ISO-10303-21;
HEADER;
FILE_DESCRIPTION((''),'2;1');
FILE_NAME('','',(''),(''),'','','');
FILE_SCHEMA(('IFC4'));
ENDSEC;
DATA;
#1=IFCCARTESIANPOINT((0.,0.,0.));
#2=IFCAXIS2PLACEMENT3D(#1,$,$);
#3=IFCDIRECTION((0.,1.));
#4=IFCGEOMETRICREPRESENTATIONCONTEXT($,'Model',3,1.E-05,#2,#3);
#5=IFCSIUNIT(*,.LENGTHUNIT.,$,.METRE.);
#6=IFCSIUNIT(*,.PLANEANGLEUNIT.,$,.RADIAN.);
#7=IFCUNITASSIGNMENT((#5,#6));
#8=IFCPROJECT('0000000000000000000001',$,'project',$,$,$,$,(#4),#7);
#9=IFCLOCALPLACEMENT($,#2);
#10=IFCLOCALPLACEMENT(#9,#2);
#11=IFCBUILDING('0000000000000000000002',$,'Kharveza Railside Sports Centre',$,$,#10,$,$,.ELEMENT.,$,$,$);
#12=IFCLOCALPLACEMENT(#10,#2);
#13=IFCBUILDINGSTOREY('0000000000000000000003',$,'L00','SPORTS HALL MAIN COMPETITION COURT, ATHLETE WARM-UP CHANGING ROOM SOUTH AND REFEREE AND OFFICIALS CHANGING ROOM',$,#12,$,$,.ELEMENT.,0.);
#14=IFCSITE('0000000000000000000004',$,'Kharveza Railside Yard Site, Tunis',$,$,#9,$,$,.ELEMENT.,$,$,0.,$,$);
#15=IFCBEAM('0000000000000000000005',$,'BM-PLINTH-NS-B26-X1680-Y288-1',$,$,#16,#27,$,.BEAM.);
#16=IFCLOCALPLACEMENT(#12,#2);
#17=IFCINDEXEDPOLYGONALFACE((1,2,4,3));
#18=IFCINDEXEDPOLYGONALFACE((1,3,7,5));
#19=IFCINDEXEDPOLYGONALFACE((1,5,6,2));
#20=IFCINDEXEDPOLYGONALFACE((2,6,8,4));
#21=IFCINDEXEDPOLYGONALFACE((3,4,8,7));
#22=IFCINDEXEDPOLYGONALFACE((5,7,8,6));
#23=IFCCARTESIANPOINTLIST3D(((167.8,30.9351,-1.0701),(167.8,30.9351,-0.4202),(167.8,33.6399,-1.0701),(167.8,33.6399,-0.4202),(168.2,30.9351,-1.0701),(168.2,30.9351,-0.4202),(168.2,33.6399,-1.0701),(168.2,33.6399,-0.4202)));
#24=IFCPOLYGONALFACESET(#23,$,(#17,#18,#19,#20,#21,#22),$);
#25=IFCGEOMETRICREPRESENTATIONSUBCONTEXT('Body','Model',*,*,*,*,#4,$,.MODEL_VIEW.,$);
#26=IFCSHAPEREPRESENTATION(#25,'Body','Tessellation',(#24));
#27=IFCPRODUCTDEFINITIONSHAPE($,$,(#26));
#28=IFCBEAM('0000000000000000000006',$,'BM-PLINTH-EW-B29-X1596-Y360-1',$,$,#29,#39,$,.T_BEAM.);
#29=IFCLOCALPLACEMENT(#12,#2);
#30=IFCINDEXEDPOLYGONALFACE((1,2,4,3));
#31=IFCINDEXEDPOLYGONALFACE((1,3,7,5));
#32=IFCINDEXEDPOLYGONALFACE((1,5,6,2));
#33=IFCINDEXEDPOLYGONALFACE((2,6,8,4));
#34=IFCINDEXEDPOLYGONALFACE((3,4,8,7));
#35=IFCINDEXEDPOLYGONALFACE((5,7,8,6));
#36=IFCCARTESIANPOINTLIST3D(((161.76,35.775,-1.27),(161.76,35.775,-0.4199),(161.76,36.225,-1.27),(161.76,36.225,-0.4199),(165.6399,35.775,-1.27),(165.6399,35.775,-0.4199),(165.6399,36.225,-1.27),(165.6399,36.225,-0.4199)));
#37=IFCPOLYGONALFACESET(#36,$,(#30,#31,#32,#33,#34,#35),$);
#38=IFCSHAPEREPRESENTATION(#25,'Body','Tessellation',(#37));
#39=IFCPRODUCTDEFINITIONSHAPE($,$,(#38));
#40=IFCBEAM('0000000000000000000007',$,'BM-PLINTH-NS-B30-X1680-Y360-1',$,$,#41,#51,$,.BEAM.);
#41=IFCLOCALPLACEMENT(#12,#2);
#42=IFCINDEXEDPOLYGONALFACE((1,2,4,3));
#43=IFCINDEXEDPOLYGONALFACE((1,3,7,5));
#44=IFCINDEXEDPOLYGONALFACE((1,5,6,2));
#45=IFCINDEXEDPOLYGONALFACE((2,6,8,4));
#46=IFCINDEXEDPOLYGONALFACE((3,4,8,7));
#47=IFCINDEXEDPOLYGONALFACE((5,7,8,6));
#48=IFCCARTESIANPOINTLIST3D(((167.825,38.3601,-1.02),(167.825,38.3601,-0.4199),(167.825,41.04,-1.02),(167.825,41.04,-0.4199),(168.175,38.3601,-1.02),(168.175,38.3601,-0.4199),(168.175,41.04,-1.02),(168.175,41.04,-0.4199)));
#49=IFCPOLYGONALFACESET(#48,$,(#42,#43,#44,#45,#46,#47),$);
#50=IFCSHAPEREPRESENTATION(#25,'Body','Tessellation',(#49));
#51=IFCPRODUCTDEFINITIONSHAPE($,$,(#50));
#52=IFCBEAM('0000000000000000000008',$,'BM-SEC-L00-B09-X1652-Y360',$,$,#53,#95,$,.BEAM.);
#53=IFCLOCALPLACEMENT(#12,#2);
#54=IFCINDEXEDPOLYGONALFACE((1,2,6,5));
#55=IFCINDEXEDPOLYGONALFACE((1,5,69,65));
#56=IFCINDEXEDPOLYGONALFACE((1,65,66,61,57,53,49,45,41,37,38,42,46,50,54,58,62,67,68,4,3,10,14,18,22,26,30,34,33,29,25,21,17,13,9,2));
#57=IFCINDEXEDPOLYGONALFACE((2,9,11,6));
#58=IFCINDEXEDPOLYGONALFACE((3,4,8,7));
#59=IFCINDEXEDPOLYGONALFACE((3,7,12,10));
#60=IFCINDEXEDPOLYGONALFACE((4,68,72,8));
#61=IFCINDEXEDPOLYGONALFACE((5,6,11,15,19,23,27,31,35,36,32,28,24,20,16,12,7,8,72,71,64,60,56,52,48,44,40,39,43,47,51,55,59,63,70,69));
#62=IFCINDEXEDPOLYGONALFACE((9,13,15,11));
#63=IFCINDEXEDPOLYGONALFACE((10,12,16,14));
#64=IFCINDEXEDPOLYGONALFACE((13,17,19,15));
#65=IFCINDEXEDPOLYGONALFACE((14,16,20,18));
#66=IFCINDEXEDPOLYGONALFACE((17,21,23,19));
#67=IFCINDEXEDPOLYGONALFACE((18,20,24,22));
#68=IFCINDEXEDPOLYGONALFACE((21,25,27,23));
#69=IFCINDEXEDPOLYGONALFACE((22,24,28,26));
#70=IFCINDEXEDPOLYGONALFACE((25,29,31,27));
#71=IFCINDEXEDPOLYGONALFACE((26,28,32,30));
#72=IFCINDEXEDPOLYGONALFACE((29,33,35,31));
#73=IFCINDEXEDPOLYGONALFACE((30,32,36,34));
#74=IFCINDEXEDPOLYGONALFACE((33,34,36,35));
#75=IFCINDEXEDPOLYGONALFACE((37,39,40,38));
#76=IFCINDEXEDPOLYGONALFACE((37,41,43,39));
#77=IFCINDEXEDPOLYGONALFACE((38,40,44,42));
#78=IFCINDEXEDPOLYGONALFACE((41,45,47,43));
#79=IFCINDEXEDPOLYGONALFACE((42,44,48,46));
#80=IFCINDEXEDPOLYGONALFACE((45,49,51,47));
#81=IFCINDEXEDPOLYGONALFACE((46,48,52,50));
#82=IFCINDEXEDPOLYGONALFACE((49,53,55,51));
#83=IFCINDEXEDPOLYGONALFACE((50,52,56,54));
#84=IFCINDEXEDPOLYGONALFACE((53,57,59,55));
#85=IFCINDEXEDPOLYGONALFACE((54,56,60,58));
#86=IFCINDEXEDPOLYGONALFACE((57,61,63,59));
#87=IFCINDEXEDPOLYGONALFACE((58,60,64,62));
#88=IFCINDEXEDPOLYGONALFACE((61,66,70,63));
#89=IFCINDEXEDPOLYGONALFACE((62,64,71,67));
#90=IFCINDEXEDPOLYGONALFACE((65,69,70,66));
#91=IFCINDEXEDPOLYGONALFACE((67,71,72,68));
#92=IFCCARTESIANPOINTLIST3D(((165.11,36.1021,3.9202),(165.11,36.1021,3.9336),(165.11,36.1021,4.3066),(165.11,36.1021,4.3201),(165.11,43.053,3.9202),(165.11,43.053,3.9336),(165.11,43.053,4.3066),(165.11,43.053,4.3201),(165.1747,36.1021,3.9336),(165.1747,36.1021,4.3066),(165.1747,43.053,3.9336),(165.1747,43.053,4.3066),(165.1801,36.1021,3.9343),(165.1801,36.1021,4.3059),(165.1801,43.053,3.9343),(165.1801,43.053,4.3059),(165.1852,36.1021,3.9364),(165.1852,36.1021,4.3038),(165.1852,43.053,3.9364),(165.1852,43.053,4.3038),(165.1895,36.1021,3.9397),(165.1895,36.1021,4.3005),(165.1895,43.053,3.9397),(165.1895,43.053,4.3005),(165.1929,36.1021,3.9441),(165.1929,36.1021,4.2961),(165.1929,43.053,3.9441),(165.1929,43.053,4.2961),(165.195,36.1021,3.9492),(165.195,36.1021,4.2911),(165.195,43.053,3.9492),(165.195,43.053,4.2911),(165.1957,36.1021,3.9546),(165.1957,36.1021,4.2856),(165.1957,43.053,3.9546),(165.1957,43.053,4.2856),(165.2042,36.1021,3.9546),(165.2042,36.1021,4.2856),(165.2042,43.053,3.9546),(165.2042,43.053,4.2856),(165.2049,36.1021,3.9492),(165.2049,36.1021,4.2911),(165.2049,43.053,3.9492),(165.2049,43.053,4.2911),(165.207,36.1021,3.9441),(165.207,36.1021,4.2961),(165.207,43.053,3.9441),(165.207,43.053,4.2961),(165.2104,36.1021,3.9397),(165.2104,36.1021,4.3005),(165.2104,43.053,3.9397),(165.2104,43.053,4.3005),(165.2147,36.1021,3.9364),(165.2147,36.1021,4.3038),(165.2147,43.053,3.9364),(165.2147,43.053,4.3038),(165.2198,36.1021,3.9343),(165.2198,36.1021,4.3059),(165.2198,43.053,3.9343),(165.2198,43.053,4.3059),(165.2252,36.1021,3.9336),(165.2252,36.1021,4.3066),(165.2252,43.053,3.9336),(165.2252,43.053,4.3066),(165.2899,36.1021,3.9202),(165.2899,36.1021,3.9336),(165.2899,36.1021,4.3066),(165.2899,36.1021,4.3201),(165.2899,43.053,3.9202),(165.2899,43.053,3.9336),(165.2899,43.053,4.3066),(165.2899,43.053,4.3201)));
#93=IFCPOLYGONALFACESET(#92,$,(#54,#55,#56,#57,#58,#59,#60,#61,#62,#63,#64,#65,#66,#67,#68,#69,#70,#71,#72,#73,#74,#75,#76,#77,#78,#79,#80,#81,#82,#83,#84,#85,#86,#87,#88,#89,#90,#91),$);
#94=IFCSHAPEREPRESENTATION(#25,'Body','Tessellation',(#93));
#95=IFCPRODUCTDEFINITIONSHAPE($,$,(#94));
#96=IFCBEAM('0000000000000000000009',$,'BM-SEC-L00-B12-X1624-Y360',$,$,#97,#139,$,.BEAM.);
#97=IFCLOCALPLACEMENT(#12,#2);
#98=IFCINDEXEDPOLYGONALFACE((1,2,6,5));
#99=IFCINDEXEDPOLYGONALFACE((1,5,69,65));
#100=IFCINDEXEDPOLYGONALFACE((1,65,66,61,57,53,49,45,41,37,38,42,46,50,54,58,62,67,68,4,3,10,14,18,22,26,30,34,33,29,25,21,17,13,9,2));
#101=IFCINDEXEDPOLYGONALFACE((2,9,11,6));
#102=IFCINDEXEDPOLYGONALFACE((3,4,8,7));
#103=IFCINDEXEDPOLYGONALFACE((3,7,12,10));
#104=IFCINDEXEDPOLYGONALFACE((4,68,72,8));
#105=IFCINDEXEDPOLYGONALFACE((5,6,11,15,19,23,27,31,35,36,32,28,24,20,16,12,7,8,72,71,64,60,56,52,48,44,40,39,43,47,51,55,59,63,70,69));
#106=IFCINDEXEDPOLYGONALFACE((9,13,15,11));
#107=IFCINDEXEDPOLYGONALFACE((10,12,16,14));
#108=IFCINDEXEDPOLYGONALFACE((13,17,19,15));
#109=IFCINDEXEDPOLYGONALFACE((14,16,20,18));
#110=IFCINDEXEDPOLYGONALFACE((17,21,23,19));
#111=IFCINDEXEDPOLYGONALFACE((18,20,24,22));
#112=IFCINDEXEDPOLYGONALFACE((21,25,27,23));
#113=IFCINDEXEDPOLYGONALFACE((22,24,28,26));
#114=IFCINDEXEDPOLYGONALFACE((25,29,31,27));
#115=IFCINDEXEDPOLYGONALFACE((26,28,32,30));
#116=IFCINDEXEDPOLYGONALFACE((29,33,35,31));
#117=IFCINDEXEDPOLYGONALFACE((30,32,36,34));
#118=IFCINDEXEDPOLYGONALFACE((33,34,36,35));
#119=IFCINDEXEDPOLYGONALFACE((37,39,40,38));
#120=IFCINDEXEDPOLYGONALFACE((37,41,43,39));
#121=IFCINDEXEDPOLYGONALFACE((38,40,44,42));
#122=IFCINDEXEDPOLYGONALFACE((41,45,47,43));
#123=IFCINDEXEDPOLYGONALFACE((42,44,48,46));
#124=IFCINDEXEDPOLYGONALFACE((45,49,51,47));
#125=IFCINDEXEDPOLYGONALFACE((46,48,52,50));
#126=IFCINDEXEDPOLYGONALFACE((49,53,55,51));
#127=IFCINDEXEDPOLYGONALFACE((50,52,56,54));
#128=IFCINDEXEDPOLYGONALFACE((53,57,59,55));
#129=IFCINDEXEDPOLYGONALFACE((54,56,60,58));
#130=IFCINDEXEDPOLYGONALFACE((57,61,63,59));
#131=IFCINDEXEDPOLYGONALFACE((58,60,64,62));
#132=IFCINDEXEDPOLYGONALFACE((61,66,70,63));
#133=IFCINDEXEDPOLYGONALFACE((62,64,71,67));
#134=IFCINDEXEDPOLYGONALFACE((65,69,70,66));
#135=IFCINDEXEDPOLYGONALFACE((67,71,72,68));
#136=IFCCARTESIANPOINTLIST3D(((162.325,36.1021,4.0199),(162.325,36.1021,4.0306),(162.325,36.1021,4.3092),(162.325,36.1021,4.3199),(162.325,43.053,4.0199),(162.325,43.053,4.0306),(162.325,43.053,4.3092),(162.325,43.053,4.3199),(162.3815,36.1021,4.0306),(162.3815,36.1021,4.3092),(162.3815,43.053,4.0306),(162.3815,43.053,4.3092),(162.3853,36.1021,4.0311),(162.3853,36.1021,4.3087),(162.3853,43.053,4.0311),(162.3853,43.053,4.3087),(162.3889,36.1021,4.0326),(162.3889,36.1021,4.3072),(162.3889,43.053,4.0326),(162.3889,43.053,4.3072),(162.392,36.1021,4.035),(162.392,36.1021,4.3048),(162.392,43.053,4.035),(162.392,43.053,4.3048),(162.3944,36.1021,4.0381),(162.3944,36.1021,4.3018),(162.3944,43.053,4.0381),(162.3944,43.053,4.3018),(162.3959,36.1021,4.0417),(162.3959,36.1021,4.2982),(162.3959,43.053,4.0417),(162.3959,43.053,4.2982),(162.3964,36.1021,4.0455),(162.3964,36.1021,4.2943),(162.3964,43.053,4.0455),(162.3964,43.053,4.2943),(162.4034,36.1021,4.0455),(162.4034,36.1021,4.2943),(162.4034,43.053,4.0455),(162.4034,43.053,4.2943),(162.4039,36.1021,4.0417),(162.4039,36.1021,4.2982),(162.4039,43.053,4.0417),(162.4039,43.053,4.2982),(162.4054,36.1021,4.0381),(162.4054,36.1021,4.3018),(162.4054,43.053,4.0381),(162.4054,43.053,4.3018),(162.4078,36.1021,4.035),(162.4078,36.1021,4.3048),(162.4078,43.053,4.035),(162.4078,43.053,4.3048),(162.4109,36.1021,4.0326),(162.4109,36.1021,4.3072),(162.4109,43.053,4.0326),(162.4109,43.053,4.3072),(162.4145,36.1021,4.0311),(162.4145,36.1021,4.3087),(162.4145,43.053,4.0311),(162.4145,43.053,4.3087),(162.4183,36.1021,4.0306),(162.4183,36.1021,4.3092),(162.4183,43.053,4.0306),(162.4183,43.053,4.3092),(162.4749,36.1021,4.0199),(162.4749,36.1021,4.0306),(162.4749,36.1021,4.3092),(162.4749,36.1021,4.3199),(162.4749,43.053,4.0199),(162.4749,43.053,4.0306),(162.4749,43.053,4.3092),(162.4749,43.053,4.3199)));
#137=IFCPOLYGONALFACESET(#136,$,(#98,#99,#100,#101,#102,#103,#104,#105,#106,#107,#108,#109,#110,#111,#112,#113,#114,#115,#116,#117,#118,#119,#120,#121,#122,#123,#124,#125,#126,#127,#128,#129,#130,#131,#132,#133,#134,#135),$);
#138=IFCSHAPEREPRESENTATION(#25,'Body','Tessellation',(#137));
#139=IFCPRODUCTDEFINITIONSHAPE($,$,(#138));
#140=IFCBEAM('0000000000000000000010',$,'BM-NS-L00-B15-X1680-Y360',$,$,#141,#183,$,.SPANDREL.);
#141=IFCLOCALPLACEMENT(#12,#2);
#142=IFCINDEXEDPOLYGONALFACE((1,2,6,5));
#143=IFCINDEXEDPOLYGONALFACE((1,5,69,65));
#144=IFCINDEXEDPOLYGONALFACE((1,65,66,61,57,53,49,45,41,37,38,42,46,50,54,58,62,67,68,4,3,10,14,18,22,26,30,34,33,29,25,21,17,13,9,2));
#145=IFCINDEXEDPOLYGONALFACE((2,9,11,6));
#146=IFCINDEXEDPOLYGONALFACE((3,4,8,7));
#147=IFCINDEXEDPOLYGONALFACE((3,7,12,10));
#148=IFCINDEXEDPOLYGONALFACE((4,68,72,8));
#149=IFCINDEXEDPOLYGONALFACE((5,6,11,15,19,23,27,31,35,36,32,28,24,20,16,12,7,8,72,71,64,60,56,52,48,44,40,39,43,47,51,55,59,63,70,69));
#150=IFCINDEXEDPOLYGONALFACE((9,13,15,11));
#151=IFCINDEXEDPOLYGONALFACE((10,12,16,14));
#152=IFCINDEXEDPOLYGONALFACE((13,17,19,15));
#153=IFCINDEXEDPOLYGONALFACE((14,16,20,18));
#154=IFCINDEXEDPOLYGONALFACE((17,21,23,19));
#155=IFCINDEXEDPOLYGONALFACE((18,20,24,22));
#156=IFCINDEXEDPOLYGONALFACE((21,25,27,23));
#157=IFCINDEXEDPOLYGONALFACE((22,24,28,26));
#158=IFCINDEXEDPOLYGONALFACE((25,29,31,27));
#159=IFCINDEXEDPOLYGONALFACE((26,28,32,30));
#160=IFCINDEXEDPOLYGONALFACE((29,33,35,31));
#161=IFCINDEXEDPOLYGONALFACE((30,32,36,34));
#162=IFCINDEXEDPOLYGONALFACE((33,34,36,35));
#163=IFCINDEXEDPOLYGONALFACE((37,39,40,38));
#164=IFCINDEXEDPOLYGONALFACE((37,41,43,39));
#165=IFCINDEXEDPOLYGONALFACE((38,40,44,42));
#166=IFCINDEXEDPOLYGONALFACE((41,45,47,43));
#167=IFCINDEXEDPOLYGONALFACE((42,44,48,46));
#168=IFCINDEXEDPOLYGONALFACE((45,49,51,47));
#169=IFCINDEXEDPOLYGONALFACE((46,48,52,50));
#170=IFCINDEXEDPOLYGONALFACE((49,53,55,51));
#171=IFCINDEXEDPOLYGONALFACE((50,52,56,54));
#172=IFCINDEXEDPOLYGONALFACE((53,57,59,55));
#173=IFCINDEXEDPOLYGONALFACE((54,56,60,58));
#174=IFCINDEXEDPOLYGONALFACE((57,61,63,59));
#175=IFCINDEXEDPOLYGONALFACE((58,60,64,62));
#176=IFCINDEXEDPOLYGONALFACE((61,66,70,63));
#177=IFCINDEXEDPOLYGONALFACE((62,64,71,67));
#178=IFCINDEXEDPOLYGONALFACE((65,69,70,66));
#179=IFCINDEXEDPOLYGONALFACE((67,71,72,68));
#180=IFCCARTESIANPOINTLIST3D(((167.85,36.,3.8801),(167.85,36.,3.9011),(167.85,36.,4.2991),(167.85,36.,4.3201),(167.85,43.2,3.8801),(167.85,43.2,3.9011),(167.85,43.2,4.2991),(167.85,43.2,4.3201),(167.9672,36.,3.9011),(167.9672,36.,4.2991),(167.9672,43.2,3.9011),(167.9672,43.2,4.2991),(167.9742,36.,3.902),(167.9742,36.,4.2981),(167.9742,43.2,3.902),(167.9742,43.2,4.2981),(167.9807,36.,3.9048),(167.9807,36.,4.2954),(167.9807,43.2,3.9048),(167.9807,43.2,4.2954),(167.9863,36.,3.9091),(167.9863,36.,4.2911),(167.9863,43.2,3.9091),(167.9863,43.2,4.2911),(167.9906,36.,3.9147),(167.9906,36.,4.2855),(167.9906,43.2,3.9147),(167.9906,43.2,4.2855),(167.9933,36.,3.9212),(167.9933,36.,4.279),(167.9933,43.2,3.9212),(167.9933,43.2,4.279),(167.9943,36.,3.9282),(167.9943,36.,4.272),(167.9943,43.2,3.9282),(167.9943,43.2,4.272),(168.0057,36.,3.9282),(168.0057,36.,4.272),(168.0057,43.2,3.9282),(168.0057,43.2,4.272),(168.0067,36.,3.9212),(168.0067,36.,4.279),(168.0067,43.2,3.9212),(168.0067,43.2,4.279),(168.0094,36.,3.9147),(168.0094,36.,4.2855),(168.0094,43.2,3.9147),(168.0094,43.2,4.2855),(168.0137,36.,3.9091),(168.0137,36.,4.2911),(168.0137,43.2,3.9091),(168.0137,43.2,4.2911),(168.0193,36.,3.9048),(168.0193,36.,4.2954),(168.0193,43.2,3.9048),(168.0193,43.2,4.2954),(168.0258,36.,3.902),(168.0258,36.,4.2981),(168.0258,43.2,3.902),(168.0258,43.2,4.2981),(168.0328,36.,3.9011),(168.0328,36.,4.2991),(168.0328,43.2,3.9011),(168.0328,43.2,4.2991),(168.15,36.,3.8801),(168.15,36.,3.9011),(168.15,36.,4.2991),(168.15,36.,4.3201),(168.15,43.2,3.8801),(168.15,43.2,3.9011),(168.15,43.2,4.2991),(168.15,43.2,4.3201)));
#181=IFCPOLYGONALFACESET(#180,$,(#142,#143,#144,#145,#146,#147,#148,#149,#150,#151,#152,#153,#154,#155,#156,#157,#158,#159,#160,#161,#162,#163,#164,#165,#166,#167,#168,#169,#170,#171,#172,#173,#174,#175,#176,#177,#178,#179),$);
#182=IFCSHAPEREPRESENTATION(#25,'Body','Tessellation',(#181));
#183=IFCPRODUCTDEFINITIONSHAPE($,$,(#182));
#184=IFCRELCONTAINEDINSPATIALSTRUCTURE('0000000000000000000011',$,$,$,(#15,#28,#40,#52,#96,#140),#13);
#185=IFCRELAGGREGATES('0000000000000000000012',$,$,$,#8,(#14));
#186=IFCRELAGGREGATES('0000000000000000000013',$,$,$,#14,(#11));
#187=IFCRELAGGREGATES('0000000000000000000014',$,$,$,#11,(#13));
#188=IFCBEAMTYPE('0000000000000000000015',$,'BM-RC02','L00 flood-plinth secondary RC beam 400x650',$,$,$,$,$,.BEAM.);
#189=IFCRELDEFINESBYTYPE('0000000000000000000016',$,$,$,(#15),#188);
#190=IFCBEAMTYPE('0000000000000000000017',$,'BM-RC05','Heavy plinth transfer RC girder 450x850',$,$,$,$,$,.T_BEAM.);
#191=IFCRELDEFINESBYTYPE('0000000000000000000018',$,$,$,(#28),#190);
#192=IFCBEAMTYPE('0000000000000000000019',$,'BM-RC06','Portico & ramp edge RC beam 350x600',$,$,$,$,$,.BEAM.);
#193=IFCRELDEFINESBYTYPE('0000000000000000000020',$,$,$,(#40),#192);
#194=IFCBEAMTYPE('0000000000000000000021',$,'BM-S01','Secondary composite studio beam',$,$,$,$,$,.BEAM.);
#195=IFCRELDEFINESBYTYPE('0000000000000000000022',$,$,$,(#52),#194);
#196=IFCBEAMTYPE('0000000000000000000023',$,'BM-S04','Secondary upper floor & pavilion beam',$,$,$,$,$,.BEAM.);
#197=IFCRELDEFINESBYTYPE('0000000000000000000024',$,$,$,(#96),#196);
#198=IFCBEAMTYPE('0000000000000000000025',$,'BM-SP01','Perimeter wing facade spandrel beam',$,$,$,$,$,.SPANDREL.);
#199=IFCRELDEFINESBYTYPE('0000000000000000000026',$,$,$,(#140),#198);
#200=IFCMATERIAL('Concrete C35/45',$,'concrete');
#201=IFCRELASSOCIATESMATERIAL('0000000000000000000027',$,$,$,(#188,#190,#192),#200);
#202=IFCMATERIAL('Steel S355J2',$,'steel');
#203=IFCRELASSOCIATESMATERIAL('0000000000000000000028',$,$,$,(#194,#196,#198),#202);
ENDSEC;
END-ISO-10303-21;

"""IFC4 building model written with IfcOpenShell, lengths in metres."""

from ifc_helpers import new_model, si_unit, direction, frame, origin, origin_2d, place, context, subcontext, project, spatial, rectangle, i_section, extrude, material, material_profile, profile_set, type_object, element, save


model = new_model("IFC4")

# Units and contexts
model_context = context("Model", 3, precision=1e-05, world=origin(), true_north=direction((0.0, 1.0)))
body_context = subcontext(model_context, "Body", "Model", "MODEL_VIEW")
ifc_project = project(units=[si_unit("LENGTHUNIT", "METRE"), si_unit("PLANEANGLEUNIT", "RADIAN")], contexts=[model_context])

# Site, building, storey
site_placement = place(None, origin())
site = spatial("IfcSite", under=ifc_project, at=site_placement, Name="Kharveza Railside Yard Site, Tunis", CompositionType="ELEMENT", RefElevation=0.0)
building_placement = place(site_placement, origin())
building = spatial("IfcBuilding", under=site, at=building_placement, Name="Kharveza Railside Sports Centre", CompositionType="ELEMENT")
storey_placement = place(building_placement, origin())
storey = spatial("IfcBuildingStorey", under=building, at=storey_placement, Name="L00", Description="SPORTS HALL MAIN COMPETITION COURT, ATHLETE WARM-UP CHANGING ROOM SOUTH AND REFEREE AND OFFICIALS CHANGING ROOM", CompositionType="ELEMENT", Elevation=0.0)

# Shared definitions
ifc_material_1 = material(Name="Concrete C35/45", Category="concrete")

# Shared definitions
ifc_material_2 = material(Name="Steel S355J2", Category="steel")

# Beams
ifc_material_profile_1 = material_profile(ifc_material_1, rectangle(XDim=0.3999, YDim=0.6499, at=origin_2d()), Name="RCB 400x650")
ifc_profile_set_1 = profile_set([ifc_material_profile_1], Name="Concrete C35/45")
beam_type_1 = type_object("IfcBeamType", Name="BM-RC02", Description="L00 flood-plinth secondary RC beam 400x650", PredefinedType="BEAM", material=ifc_profile_set_1)
beam_1_placement = place(storey_placement, frame((168.0, 30.9351, -0.7451), z_axis=(0.0, 1.0, 0.0), x_axis=(-1.0, 0.0, 0.0)))
element("IfcBeam", 1, at=beam_1_placement, inside=storey, type_object=beam_type_1, Name="BM-PLINTH-NS-B26-X1680-Y288-1", PredefinedType="BEAM", context=body_context, shape_type="SweptSolid", body=[
    extrude(rectangle(XDim=0.3999, YDim=0.6499, at=origin_2d()), origin(), (0.0, 0.0, 1.0), 2.7048),
])
ifc_material_profile_2 = material_profile(ifc_material_1, rectangle(XDim=0.45, YDim=0.8501, at=origin_2d()), Name="RCB 450x850")
ifc_profile_set_2 = profile_set([ifc_material_profile_2], Name="Concrete C35/45")
beam_type_2 = type_object("IfcBeamType", Name="BM-RC05", Description="Heavy plinth transfer RC girder 450x850", PredefinedType="T_BEAM", material=ifc_profile_set_2)
beam_2_placement = place(storey_placement, frame((161.76, 36.0, -0.845), z_axis=(1.0, 0.0, 0.0), x_axis=(0.0, 1.0, 0.0)))
element("IfcBeam", 2, at=beam_2_placement, inside=storey, type_object=beam_type_2, Name="BM-PLINTH-EW-B29-X1596-Y360-1", PredefinedType="T_BEAM", context=body_context, shape_type="SweptSolid", body=[
    extrude(rectangle(XDim=0.45, YDim=0.8501, at=origin_2d()), origin(), (0.0, 0.0, 1.0), 3.8799),
])
ifc_material_profile_3 = material_profile(ifc_material_1, rectangle(XDim=0.3501, YDim=0.6001, at=origin_2d()), Name="RCB 350x600")
ifc_profile_set_3 = profile_set([ifc_material_profile_3], Name="Concrete C35/45")
beam_type_3 = type_object("IfcBeamType", Name="BM-RC06", Description="Portico & ramp edge RC beam 350x600", PredefinedType="BEAM", material=ifc_profile_set_3)
beam_3_placement = place(storey_placement, frame((168.0, 38.3601, -0.72), z_axis=(0.0, 1.0, 0.0), x_axis=(-1.0, 0.0, 0.0)))
element("IfcBeam", 3, at=beam_3_placement, inside=storey, type_object=beam_type_3, Name="BM-PLINTH-NS-B30-X1680-Y360-1", PredefinedType="BEAM", context=body_context, shape_type="SweptSolid", body=[
    extrude(rectangle(XDim=0.3501, YDim=0.6001, at=origin_2d()), origin(), (0.0, 0.0, 1.0), 2.6799),
])
ifc_material_profile_4 = material_profile(ifc_material_2, i_section(OverallWidth=0.1799, OverallDepth=0.3999, WebThickness=0.0085, FlangeThickness=0.0134, FilletRadius=0.021, at=origin_2d()), Name="IPE 400")
ifc_profile_set_4 = profile_set([ifc_material_profile_4], Name="Steel S355J2")
beam_type_4 = type_object("IfcBeamType", Name="BM-S01", Description="Secondary composite studio beam", PredefinedType="BEAM", material=ifc_profile_set_4)
beam_4_placement = place(storey_placement, frame((165.2, 36.1021, 4.1201), z_axis=(0.0, 1.0, 0.0), x_axis=(-1.0, 0.0, 0.0)))
element("IfcBeam", 4, at=beam_4_placement, inside=storey, type_object=beam_type_4, Name="BM-SEC-L00-B09-X1652-Y360", PredefinedType="BEAM", context=body_context, shape_type="SweptSolid", body=[
    extrude(i_section(OverallWidth=0.1799, OverallDepth=0.3999, WebThickness=0.0085, FlangeThickness=0.0134, FilletRadius=0.021, at=origin_2d()), origin(), (0.0, 0.0, 1.0), 6.9509),
])
ifc_material_profile_5 = material_profile(ifc_material_2, i_section(OverallWidth=0.1499, OverallDepth=0.3, WebThickness=0.0071, FlangeThickness=0.0107, FilletRadius=0.0149, at=origin_2d()), Name="IPE 300")
ifc_profile_set_5 = profile_set([ifc_material_profile_5], Name="Steel S355J2")
beam_type_5 = type_object("IfcBeamType", Name="BM-S04", Description="Secondary upper floor & pavilion beam", PredefinedType="BEAM", material=ifc_profile_set_5)
beam_5_placement = place(storey_placement, frame((162.3999, 36.1021, 4.1699), z_axis=(0.0, 1.0, 0.0), x_axis=(-1.0, 0.0, 0.0)))
element("IfcBeam", 5, at=beam_5_placement, inside=storey, type_object=beam_type_5, Name="BM-SEC-L00-B12-X1624-Y360", PredefinedType="BEAM", context=body_context, shape_type="SweptSolid", body=[
    extrude(i_section(OverallWidth=0.1499, OverallDepth=0.3, WebThickness=0.0071, FlangeThickness=0.0107, FilletRadius=0.0149, at=origin_2d()), origin(), (0.0, 0.0, 1.0), 6.9509),
])
ifc_material_profile_6 = material_profile(ifc_material_2, i_section(OverallWidth=0.3, OverallDepth=0.4399, WebThickness=0.0115, FlangeThickness=0.021, FilletRadius=0.0271, at=origin_2d()), Name="HEA 450")
ifc_profile_set_6 = profile_set([ifc_material_profile_6], Name="Steel S355J2")
beam_type_6 = type_object("IfcBeamType", Name="BM-SP01", Description="Perimeter wing facade spandrel beam", PredefinedType="SPANDREL", material=ifc_profile_set_6)
beam_6_placement = place(storey_placement, frame((168.0, 36.0, 4.1001), z_axis=(0.0, 1.0, 0.0), x_axis=(-1.0, 0.0, 0.0)))
element("IfcBeam", 6, at=beam_6_placement, inside=storey, type_object=beam_type_6, Name="BM-NS-L00-B15-X1680-Y360", PredefinedType="SPANDREL", context=body_context, shape_type="SweptSolid", body=[
    extrude(i_section(OverallWidth=0.3, OverallDepth=0.4399, WebThickness=0.0115, FlangeThickness=0.021, FilletRadius=0.0271, at=origin_2d()), origin(), (0.0, 0.0, 1.0), 7.2),
])

save(model, "model.ifc")
